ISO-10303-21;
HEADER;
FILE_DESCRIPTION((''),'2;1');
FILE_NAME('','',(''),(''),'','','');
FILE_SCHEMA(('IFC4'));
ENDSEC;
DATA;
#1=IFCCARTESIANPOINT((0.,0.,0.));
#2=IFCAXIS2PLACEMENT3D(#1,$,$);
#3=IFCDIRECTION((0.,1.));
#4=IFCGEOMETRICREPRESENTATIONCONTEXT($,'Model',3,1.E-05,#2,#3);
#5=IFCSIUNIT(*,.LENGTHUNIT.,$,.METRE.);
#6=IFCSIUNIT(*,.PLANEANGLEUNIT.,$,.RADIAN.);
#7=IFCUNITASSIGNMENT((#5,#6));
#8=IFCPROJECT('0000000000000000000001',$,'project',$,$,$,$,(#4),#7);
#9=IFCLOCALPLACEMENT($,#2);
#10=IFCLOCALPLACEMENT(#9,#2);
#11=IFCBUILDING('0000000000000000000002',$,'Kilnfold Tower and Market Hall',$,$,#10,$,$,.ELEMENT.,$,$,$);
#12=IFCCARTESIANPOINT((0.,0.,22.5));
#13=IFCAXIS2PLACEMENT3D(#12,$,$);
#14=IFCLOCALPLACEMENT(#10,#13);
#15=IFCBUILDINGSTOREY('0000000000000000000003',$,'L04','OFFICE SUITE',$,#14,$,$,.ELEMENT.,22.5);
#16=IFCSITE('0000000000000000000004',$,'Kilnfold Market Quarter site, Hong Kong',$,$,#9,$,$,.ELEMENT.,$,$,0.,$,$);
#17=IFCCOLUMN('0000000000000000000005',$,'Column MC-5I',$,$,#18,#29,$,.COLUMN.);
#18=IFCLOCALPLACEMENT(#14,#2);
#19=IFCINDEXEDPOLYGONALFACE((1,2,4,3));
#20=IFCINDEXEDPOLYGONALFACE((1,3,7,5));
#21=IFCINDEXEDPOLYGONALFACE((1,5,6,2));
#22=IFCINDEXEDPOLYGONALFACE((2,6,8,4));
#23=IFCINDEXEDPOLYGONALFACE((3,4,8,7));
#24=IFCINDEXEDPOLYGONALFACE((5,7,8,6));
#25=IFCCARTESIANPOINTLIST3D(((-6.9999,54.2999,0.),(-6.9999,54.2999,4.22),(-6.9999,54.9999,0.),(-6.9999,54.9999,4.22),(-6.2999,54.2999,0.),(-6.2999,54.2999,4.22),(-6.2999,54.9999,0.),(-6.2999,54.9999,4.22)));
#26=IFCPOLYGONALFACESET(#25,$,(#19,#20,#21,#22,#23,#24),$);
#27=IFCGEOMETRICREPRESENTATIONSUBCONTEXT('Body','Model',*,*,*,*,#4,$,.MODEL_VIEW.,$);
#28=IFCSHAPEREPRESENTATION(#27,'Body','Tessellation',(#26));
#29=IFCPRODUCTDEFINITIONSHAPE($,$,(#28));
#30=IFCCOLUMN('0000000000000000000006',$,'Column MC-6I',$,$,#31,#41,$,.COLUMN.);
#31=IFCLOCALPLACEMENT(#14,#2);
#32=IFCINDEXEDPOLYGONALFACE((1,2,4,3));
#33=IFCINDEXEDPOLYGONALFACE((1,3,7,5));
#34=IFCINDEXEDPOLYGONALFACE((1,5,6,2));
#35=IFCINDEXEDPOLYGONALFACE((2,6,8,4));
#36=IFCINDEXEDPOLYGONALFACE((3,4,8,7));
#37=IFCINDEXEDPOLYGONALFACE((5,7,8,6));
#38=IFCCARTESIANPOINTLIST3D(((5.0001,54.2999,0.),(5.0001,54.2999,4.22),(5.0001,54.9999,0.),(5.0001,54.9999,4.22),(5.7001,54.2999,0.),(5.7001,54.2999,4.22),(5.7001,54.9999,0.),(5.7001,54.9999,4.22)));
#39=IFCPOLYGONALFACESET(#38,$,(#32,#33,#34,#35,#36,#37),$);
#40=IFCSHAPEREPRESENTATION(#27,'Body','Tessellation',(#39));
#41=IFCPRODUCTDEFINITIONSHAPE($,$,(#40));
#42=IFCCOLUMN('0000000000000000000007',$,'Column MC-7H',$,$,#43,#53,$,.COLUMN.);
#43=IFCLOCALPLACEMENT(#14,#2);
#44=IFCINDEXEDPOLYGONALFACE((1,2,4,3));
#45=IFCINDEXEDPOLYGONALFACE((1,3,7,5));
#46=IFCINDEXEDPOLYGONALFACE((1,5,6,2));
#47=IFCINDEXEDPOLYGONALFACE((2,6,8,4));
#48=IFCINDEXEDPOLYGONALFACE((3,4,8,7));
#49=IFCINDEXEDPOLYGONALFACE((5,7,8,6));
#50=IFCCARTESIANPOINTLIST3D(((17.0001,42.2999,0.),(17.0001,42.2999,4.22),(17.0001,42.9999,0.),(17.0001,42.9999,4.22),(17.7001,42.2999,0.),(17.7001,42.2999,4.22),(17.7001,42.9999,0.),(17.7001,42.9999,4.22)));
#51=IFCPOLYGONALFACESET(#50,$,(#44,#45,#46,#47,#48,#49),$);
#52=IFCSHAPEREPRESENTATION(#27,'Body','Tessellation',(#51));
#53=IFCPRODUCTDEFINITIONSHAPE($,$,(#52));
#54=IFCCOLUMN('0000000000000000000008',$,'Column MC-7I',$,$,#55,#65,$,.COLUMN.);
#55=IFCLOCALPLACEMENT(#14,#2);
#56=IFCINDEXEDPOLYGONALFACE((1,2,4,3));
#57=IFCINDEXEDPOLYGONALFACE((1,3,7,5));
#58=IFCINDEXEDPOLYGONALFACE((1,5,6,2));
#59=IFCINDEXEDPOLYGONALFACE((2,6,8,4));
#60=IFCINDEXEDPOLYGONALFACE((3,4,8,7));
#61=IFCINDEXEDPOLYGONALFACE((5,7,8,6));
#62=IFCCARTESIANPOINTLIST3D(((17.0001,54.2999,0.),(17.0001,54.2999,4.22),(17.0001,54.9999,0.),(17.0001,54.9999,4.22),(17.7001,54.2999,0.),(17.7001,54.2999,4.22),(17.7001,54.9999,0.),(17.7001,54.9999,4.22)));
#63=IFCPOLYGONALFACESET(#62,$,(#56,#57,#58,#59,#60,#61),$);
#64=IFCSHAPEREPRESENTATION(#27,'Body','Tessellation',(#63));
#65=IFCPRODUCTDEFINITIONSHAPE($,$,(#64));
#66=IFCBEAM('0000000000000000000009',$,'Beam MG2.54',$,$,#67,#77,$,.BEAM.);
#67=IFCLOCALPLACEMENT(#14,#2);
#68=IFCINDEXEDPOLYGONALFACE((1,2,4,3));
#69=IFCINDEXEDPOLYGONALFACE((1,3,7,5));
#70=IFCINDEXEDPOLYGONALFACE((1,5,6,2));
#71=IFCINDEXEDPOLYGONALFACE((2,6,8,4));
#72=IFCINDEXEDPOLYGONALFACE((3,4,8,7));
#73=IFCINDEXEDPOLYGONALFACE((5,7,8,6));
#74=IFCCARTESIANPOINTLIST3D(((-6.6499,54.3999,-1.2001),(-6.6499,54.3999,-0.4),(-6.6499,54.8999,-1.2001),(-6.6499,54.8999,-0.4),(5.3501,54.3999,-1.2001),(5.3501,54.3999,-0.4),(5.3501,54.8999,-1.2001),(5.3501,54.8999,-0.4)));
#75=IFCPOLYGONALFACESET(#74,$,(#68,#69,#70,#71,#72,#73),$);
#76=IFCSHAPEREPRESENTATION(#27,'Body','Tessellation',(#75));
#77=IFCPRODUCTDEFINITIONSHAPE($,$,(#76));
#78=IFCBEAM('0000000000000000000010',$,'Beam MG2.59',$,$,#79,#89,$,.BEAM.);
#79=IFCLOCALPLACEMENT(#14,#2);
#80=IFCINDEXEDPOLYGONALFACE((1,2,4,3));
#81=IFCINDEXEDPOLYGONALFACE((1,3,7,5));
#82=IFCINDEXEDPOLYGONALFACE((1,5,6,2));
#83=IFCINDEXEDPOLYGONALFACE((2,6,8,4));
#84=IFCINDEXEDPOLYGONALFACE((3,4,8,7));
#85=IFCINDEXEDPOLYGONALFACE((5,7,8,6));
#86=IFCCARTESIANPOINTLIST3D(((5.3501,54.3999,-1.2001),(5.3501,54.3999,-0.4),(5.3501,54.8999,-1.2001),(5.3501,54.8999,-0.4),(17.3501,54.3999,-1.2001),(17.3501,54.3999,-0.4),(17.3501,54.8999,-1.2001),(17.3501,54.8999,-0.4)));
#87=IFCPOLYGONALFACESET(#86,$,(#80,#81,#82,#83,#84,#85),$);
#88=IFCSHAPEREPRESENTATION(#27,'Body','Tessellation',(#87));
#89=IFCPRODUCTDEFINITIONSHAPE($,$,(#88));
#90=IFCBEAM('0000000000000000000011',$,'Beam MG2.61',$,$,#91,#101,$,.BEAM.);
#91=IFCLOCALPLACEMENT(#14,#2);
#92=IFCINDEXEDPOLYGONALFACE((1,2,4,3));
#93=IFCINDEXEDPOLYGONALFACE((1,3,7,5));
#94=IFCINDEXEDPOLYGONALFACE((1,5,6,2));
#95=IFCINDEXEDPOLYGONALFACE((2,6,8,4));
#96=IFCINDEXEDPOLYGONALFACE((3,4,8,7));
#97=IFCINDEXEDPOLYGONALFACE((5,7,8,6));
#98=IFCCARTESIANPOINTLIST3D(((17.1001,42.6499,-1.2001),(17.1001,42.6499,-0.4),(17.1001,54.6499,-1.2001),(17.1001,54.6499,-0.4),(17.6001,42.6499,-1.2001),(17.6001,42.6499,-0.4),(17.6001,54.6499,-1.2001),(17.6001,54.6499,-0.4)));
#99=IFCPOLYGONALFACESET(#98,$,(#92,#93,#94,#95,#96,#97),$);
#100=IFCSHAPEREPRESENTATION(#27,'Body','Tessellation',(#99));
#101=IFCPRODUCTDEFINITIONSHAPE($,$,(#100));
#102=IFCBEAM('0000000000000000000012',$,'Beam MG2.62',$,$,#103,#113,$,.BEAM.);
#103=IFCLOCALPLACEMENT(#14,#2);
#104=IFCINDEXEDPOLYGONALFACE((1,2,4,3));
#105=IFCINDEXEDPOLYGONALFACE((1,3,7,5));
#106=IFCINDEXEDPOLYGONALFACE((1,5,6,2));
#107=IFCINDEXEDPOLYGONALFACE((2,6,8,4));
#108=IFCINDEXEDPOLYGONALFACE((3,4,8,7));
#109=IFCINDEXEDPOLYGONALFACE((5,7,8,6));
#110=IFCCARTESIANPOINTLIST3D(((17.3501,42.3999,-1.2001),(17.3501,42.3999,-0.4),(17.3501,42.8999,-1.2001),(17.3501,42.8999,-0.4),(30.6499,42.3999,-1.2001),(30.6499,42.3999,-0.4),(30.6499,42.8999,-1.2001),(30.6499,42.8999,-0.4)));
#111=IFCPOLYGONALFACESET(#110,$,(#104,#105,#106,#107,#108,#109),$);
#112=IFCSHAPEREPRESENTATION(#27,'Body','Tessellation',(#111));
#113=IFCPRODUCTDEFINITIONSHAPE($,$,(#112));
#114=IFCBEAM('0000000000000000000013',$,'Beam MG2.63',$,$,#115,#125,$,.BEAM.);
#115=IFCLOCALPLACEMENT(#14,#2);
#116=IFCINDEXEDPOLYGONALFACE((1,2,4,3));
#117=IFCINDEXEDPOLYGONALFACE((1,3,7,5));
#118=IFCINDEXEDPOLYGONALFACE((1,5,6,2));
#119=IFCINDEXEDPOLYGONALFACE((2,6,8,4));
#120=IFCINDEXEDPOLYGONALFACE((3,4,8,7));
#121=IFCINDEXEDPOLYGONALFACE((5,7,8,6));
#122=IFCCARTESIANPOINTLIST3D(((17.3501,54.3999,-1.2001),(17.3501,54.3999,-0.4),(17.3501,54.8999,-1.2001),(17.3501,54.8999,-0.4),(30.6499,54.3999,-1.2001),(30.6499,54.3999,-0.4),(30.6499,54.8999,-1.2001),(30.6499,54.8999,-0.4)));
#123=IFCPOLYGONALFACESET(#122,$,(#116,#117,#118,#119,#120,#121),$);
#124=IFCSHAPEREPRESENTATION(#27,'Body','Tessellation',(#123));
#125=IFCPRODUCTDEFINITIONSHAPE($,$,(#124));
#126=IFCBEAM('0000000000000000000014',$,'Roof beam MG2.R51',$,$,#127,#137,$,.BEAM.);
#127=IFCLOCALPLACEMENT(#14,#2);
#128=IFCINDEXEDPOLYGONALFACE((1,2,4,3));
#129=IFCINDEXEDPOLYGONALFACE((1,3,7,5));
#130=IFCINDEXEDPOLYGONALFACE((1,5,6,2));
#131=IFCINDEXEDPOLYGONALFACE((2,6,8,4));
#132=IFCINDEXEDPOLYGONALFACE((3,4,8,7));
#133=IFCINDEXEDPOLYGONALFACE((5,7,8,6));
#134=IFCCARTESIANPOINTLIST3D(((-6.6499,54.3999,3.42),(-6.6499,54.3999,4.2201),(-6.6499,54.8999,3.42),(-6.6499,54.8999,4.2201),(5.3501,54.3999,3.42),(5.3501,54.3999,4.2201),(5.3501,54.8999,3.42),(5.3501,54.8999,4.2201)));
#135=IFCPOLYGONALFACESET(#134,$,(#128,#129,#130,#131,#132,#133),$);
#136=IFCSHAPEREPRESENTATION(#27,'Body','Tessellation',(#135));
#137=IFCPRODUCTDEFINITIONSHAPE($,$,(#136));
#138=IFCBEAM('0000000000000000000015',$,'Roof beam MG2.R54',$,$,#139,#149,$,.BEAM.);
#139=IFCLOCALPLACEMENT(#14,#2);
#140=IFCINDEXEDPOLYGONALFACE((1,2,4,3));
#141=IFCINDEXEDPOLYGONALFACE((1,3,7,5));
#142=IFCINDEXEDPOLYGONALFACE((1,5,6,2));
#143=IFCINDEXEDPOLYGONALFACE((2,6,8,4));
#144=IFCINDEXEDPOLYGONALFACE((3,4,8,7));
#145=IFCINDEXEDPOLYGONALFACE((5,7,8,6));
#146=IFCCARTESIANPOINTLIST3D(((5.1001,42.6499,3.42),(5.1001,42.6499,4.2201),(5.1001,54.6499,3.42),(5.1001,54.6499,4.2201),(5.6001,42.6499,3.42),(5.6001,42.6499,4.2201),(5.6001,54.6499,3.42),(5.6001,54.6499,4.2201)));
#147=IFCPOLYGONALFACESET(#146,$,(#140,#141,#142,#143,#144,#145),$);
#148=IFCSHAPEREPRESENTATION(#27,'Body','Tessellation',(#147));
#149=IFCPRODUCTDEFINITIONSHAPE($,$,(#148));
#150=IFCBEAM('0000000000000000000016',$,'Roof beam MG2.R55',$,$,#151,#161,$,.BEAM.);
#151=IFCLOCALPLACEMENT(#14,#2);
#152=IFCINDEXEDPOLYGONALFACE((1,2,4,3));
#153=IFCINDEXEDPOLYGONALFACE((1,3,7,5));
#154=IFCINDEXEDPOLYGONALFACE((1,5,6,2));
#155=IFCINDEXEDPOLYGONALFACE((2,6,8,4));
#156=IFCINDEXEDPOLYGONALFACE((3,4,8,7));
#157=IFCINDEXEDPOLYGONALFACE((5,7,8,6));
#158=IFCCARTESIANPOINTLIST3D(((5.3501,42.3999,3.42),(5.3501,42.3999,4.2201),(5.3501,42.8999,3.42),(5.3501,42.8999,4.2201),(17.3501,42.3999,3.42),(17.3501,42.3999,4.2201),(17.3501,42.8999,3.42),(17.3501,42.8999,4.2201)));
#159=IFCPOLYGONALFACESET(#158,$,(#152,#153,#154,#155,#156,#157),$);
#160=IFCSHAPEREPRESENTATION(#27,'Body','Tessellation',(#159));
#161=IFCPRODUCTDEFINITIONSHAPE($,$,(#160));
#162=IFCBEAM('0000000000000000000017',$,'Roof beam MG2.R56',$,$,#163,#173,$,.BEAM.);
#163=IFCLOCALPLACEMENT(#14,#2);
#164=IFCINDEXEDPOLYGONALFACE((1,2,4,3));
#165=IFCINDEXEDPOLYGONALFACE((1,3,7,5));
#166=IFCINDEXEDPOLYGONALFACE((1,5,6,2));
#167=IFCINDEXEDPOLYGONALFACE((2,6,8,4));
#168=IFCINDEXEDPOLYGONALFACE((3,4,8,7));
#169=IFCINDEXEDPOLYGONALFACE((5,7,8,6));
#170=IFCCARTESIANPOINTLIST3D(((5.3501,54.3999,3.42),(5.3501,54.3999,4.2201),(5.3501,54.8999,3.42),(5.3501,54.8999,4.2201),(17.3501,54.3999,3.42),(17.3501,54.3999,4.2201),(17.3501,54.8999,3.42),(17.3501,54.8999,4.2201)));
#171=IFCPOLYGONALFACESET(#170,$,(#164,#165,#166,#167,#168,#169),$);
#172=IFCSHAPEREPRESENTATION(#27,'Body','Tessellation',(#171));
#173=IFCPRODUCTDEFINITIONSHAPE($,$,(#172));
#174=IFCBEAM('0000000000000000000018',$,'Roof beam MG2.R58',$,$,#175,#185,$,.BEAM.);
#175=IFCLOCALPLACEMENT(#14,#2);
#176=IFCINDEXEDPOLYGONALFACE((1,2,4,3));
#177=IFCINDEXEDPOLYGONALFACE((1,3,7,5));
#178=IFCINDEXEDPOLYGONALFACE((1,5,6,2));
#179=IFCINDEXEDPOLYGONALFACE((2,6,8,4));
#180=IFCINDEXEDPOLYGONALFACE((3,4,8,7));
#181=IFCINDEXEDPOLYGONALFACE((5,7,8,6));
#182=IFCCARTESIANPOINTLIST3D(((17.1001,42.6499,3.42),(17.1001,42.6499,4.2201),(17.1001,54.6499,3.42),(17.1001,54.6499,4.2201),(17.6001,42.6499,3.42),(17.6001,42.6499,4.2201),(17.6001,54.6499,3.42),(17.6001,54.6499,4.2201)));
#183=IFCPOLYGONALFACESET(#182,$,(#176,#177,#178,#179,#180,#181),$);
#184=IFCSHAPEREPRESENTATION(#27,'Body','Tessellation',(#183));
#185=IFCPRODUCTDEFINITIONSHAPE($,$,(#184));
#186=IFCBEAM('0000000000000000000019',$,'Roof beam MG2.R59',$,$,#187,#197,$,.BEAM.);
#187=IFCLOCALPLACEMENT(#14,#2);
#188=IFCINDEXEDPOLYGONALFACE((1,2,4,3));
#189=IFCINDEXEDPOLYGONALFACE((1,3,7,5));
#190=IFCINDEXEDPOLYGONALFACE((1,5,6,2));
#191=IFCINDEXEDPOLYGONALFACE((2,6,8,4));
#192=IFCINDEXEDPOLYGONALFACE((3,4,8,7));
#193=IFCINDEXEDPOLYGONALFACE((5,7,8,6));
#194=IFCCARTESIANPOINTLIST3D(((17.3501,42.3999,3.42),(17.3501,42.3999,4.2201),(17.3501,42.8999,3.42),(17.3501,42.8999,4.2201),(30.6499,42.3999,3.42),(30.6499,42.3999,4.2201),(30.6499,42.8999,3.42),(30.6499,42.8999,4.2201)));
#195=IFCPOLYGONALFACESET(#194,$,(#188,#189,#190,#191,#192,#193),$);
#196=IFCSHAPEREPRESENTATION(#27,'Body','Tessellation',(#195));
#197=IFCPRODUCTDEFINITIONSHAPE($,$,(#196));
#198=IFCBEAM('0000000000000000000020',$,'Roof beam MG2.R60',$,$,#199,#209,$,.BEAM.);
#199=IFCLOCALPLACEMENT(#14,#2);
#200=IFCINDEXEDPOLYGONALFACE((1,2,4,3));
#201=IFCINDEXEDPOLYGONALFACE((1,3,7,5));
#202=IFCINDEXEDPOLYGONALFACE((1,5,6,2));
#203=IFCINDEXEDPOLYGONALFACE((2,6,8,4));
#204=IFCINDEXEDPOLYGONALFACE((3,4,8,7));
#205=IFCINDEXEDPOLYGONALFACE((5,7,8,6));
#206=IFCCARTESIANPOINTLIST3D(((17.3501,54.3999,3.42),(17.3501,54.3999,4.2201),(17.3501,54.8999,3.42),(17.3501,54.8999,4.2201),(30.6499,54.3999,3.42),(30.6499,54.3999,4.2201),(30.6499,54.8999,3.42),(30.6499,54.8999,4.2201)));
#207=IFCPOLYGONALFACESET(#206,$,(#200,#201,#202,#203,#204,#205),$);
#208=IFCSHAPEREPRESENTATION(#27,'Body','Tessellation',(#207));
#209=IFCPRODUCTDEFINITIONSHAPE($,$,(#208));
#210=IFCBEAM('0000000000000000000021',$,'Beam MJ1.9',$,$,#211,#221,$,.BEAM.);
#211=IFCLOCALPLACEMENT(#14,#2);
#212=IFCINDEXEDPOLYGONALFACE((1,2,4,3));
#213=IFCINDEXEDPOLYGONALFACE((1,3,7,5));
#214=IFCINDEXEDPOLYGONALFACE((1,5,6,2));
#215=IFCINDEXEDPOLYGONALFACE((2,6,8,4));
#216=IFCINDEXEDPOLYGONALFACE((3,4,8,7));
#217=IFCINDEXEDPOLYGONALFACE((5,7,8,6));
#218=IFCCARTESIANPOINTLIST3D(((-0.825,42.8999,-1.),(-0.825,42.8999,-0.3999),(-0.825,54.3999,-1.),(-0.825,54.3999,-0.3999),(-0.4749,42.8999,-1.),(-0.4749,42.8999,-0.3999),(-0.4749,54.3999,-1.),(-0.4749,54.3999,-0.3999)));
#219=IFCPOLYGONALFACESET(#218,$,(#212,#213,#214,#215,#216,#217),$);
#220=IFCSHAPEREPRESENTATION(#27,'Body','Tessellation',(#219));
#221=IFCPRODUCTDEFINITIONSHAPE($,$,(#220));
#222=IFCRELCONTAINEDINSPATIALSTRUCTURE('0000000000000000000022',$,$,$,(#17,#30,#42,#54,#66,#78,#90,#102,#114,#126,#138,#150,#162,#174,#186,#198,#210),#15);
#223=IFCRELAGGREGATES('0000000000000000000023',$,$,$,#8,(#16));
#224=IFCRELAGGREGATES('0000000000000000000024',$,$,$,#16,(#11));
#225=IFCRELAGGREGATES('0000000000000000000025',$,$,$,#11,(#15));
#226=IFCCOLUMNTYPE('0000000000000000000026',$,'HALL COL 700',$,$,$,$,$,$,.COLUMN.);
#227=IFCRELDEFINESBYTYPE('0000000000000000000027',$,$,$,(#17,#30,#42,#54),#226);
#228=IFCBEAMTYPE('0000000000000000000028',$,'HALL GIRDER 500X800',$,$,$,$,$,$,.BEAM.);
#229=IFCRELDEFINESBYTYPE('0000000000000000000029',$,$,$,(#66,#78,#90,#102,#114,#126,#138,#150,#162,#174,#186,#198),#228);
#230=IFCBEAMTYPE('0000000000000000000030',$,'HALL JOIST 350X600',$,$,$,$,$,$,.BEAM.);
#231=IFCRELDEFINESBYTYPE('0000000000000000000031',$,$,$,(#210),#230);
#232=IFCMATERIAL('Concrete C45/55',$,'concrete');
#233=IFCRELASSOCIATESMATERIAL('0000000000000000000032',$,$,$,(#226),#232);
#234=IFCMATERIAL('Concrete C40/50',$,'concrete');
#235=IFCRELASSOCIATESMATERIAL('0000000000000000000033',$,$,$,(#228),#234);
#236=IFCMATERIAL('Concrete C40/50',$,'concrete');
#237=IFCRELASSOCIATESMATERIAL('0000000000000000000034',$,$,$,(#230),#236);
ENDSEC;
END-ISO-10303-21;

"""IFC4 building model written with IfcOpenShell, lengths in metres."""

from ifc_helpers import new_model, si_unit, direction, frame, origin, origin_2d, place, context, subcontext, project, spatial, rectangle, extrude, source, transform, mapped, material, material_profile, profile_set, type_object, element, save


model = new_model("IFC4")

# Units and contexts
model_context = context("Model", 3, precision=1e-05, world=origin(), true_north=direction((0.0, 1.0)))
body_context = subcontext(model_context, "Body", "Model", "MODEL_VIEW")
ifc_project = project(units=[si_unit("LENGTHUNIT", "METRE"), si_unit("PLANEANGLEUNIT", "RADIAN")], contexts=[model_context])

# Site, building, storey
site_placement = place(None, origin())
site = spatial("IfcSite", under=ifc_project, at=site_placement, Name="Kilnfold Market Quarter site, Hong Kong", CompositionType="ELEMENT", RefElevation=0.0)
building_placement = place(site_placement, origin())
building = spatial("IfcBuilding", under=site, at=building_placement, Name="Kilnfold Tower and Market Hall", CompositionType="ELEMENT")
storey_placement = place(building_placement, frame((0.0, 0.0, 22.5)))
storey = spatial("IfcBuildingStorey", under=building, at=storey_placement, Name="L04", Description="OFFICE SUITE", CompositionType="ELEMENT", Elevation=22.5)

# Columns
ifc_material_1 = material(Name="Concrete C45/55", Category="concrete")
ifc_material_profile_1 = material_profile(ifc_material_1, rectangle(XDim=0.7, YDim=0.7, at=origin_2d()), Name="RC 700x700")
ifc_profile_set_1 = profile_set([ifc_material_profile_1], Name="Concrete C45/55")
column_type = type_object("IfcColumnType", Name="HALL COL 700", PredefinedType="COLUMN", material=ifc_profile_set_1)
shared_shape_1 = source(origin(), body_context, "Body", "SweptSolid", [
    extrude(rectangle(XDim=0.7, YDim=0.7, at=origin_2d()), origin(), (0.0, 0.0, 1.0), 4.22),
])
for number, where, z_axis, x_axis, name in (
    (1, (-6.6499, 54.6499, 0.0), (0.0, 0.0, 1.0), (1.0, 0.0, 0.0), "Column MC-5I"),
    (2, (5.3501, 54.6499, 0.0), (0.0, 0.0, 1.0), (1.0, 0.0, 0.0), "Column MC-6I"),
    (3, (17.3501, 42.6499, 0.0), (0.0, 0.0, 1.0), (1.0, 0.0, 0.0), "Column MC-7H"),
    (4, (17.3501, 54.6499, 0.0), (0.0, 0.0, 1.0), (1.0, 0.0, 0.0), "Column MC-7I"),
):
    element("IfcColumn", number, at=place(storey_placement, frame(where, z_axis=z_axis, x_axis=x_axis)), inside=storey, type_object=column_type, Name=name, PredefinedType="COLUMN", context=body_context, shape_type="MappedRepresentation", body=[
        mapped(shared_shape_1, transform((0.0, 0.0, 0.0))),
    ])

# Beams
ifc_material_2 = material(Name="Concrete C40/50", Category="concrete")
ifc_material_profile_2 = material_profile(ifc_material_2, rectangle(XDim=0.5, YDim=0.8, at=origin_2d()), Name="RC 500x800")
ifc_profile_set_2 = profile_set([ifc_material_profile_2], Name="Concrete C40/50")
beam_type_1 = type_object("IfcBeamType", Name="HALL GIRDER 500X800", PredefinedType="BEAM", material=ifc_profile_set_2)
for number, where, z_axis, x_axis, name in (
    (5, (-6.6499, 54.6499, -0.8), (1.0, 0.0, 0.0), (0.0, 1.0, 0.0), "Beam MG2.54"),
    (6, (5.3501, 54.6499, -0.8), (1.0, 0.0, 0.0), (0.0, 1.0, 0.0), "Beam MG2.59"),
    (7, (17.3501, 42.6499, -0.8), (0.0, 1.0, 0.0), (-1.0, 0.0, 0.0), "Beam MG2.61"),
):
    element("IfcBeam", number, at=place(storey_placement, frame(where, z_axis=z_axis, x_axis=x_axis)), inside=storey, type_object=beam_type_1, Name=name, PredefinedType="BEAM", context=body_context, shape_type="SweptSolid", body=[
        extrude(rectangle(XDim=0.5, YDim=0.8, at=origin_2d()), origin(), (0.0, 0.0, 1.0), 12.0),
    ])
for number, where, z_axis, x_axis, name in (
    (8, (17.3501, 42.6499, -0.8), (1.0, 0.0, 0.0), (0.0, 1.0, 0.0), "Beam MG2.62"),
    (9, (17.3501, 54.6499, -0.8), (1.0, 0.0, 0.0), (0.0, 1.0, 0.0), "Beam MG2.63"),
):
    element("IfcBeam", number, at=place(storey_placement, frame(where, z_axis=z_axis, x_axis=x_axis)), inside=storey, type_object=beam_type_1, Name=name, PredefinedType="BEAM", context=body_context, shape_type="SweptSolid", body=[
        extrude(rectangle(XDim=0.5, YDim=0.8, at=origin_2d()), origin(), (0.0, 0.0, 1.0), 13.2998),
    ])
for number, where, z_axis, x_axis, name in (
    (10, (-6.6499, 54.6499, 3.8201), (1.0, 0.0, 0.0), (0.0, 1.0, 0.0), "Roof beam MG2.R51"),
    (11, (5.3501, 42.6499, 3.8201), (0.0, 1.0, 0.0), (-1.0, 0.0, 0.0), "Roof beam MG2.R54"),
    (12, (5.3501, 42.6499, 3.8201), (1.0, 0.0, 0.0), (0.0, 1.0, 0.0), "Roof beam MG2.R55"),
    (13, (5.3501, 54.6499, 3.8201), (1.0, 0.0, 0.0), (0.0, 1.0, 0.0), "Roof beam MG2.R56"),
    (14, (17.3501, 42.6499, 3.8201), (0.0, 1.0, 0.0), (-1.0, 0.0, 0.0), "Roof beam MG2.R58"),
):
    element("IfcBeam", number, at=place(storey_placement, frame(where, z_axis=z_axis, x_axis=x_axis)), inside=storey, type_object=beam_type_1, Name=name, PredefinedType="BEAM", context=body_context, shape_type="SweptSolid", body=[
        extrude(rectangle(XDim=0.5, YDim=0.8, at=origin_2d()), origin(), (0.0, 0.0, 1.0), 12.0),
    ])
for number, where, z_axis, x_axis, name in (
    (15, (17.3501, 42.6499, 3.8201), (1.0, 0.0, 0.0), (0.0, 1.0, 0.0), "Roof beam MG2.R59"),
    (16, (17.3501, 54.6499, 3.8201), (1.0, 0.0, 0.0), (0.0, 1.0, 0.0), "Roof beam MG2.R60"),
):
    element("IfcBeam", number, at=place(storey_placement, frame(where, z_axis=z_axis, x_axis=x_axis)), inside=storey, type_object=beam_type_1, Name=name, PredefinedType="BEAM", context=body_context, shape_type="SweptSolid", body=[
        extrude(rectangle(XDim=0.5, YDim=0.8, at=origin_2d()), origin(), (0.0, 0.0, 1.0), 13.2998),
    ])
ifc_material_3 = material(Name="Concrete C40/50", Category="concrete")
ifc_material_profile_3 = material_profile(ifc_material_3, rectangle(XDim=0.3501, YDim=0.6001, at=origin_2d()), Name="RC 350x600")
ifc_profile_set_3 = profile_set([ifc_material_profile_3], Name="Concrete C40/50")
beam_type_2 = type_object("IfcBeamType", Name="HALL JOIST 350X600", PredefinedType="BEAM", material=ifc_profile_set_3)
for number, where, z_axis, x_axis, name in (
    (17, (-0.6499, 42.8999, -0.7), (0.0, 1.0, 0.0), (-1.0, 0.0, 0.0), "Beam MJ1.9"),
):
    element("IfcBeam", number, at=place(storey_placement, frame(where, z_axis=z_axis, x_axis=x_axis)), inside=storey, type_object=beam_type_2, Name=name, PredefinedType="BEAM", context=body_context, shape_type="SweptSolid", body=[
        extrude(rectangle(XDim=0.3501, YDim=0.6001, at=origin_2d()), origin(), (0.0, 0.0, 1.0), 11.5),
    ])

save(model, "model.ifc")
